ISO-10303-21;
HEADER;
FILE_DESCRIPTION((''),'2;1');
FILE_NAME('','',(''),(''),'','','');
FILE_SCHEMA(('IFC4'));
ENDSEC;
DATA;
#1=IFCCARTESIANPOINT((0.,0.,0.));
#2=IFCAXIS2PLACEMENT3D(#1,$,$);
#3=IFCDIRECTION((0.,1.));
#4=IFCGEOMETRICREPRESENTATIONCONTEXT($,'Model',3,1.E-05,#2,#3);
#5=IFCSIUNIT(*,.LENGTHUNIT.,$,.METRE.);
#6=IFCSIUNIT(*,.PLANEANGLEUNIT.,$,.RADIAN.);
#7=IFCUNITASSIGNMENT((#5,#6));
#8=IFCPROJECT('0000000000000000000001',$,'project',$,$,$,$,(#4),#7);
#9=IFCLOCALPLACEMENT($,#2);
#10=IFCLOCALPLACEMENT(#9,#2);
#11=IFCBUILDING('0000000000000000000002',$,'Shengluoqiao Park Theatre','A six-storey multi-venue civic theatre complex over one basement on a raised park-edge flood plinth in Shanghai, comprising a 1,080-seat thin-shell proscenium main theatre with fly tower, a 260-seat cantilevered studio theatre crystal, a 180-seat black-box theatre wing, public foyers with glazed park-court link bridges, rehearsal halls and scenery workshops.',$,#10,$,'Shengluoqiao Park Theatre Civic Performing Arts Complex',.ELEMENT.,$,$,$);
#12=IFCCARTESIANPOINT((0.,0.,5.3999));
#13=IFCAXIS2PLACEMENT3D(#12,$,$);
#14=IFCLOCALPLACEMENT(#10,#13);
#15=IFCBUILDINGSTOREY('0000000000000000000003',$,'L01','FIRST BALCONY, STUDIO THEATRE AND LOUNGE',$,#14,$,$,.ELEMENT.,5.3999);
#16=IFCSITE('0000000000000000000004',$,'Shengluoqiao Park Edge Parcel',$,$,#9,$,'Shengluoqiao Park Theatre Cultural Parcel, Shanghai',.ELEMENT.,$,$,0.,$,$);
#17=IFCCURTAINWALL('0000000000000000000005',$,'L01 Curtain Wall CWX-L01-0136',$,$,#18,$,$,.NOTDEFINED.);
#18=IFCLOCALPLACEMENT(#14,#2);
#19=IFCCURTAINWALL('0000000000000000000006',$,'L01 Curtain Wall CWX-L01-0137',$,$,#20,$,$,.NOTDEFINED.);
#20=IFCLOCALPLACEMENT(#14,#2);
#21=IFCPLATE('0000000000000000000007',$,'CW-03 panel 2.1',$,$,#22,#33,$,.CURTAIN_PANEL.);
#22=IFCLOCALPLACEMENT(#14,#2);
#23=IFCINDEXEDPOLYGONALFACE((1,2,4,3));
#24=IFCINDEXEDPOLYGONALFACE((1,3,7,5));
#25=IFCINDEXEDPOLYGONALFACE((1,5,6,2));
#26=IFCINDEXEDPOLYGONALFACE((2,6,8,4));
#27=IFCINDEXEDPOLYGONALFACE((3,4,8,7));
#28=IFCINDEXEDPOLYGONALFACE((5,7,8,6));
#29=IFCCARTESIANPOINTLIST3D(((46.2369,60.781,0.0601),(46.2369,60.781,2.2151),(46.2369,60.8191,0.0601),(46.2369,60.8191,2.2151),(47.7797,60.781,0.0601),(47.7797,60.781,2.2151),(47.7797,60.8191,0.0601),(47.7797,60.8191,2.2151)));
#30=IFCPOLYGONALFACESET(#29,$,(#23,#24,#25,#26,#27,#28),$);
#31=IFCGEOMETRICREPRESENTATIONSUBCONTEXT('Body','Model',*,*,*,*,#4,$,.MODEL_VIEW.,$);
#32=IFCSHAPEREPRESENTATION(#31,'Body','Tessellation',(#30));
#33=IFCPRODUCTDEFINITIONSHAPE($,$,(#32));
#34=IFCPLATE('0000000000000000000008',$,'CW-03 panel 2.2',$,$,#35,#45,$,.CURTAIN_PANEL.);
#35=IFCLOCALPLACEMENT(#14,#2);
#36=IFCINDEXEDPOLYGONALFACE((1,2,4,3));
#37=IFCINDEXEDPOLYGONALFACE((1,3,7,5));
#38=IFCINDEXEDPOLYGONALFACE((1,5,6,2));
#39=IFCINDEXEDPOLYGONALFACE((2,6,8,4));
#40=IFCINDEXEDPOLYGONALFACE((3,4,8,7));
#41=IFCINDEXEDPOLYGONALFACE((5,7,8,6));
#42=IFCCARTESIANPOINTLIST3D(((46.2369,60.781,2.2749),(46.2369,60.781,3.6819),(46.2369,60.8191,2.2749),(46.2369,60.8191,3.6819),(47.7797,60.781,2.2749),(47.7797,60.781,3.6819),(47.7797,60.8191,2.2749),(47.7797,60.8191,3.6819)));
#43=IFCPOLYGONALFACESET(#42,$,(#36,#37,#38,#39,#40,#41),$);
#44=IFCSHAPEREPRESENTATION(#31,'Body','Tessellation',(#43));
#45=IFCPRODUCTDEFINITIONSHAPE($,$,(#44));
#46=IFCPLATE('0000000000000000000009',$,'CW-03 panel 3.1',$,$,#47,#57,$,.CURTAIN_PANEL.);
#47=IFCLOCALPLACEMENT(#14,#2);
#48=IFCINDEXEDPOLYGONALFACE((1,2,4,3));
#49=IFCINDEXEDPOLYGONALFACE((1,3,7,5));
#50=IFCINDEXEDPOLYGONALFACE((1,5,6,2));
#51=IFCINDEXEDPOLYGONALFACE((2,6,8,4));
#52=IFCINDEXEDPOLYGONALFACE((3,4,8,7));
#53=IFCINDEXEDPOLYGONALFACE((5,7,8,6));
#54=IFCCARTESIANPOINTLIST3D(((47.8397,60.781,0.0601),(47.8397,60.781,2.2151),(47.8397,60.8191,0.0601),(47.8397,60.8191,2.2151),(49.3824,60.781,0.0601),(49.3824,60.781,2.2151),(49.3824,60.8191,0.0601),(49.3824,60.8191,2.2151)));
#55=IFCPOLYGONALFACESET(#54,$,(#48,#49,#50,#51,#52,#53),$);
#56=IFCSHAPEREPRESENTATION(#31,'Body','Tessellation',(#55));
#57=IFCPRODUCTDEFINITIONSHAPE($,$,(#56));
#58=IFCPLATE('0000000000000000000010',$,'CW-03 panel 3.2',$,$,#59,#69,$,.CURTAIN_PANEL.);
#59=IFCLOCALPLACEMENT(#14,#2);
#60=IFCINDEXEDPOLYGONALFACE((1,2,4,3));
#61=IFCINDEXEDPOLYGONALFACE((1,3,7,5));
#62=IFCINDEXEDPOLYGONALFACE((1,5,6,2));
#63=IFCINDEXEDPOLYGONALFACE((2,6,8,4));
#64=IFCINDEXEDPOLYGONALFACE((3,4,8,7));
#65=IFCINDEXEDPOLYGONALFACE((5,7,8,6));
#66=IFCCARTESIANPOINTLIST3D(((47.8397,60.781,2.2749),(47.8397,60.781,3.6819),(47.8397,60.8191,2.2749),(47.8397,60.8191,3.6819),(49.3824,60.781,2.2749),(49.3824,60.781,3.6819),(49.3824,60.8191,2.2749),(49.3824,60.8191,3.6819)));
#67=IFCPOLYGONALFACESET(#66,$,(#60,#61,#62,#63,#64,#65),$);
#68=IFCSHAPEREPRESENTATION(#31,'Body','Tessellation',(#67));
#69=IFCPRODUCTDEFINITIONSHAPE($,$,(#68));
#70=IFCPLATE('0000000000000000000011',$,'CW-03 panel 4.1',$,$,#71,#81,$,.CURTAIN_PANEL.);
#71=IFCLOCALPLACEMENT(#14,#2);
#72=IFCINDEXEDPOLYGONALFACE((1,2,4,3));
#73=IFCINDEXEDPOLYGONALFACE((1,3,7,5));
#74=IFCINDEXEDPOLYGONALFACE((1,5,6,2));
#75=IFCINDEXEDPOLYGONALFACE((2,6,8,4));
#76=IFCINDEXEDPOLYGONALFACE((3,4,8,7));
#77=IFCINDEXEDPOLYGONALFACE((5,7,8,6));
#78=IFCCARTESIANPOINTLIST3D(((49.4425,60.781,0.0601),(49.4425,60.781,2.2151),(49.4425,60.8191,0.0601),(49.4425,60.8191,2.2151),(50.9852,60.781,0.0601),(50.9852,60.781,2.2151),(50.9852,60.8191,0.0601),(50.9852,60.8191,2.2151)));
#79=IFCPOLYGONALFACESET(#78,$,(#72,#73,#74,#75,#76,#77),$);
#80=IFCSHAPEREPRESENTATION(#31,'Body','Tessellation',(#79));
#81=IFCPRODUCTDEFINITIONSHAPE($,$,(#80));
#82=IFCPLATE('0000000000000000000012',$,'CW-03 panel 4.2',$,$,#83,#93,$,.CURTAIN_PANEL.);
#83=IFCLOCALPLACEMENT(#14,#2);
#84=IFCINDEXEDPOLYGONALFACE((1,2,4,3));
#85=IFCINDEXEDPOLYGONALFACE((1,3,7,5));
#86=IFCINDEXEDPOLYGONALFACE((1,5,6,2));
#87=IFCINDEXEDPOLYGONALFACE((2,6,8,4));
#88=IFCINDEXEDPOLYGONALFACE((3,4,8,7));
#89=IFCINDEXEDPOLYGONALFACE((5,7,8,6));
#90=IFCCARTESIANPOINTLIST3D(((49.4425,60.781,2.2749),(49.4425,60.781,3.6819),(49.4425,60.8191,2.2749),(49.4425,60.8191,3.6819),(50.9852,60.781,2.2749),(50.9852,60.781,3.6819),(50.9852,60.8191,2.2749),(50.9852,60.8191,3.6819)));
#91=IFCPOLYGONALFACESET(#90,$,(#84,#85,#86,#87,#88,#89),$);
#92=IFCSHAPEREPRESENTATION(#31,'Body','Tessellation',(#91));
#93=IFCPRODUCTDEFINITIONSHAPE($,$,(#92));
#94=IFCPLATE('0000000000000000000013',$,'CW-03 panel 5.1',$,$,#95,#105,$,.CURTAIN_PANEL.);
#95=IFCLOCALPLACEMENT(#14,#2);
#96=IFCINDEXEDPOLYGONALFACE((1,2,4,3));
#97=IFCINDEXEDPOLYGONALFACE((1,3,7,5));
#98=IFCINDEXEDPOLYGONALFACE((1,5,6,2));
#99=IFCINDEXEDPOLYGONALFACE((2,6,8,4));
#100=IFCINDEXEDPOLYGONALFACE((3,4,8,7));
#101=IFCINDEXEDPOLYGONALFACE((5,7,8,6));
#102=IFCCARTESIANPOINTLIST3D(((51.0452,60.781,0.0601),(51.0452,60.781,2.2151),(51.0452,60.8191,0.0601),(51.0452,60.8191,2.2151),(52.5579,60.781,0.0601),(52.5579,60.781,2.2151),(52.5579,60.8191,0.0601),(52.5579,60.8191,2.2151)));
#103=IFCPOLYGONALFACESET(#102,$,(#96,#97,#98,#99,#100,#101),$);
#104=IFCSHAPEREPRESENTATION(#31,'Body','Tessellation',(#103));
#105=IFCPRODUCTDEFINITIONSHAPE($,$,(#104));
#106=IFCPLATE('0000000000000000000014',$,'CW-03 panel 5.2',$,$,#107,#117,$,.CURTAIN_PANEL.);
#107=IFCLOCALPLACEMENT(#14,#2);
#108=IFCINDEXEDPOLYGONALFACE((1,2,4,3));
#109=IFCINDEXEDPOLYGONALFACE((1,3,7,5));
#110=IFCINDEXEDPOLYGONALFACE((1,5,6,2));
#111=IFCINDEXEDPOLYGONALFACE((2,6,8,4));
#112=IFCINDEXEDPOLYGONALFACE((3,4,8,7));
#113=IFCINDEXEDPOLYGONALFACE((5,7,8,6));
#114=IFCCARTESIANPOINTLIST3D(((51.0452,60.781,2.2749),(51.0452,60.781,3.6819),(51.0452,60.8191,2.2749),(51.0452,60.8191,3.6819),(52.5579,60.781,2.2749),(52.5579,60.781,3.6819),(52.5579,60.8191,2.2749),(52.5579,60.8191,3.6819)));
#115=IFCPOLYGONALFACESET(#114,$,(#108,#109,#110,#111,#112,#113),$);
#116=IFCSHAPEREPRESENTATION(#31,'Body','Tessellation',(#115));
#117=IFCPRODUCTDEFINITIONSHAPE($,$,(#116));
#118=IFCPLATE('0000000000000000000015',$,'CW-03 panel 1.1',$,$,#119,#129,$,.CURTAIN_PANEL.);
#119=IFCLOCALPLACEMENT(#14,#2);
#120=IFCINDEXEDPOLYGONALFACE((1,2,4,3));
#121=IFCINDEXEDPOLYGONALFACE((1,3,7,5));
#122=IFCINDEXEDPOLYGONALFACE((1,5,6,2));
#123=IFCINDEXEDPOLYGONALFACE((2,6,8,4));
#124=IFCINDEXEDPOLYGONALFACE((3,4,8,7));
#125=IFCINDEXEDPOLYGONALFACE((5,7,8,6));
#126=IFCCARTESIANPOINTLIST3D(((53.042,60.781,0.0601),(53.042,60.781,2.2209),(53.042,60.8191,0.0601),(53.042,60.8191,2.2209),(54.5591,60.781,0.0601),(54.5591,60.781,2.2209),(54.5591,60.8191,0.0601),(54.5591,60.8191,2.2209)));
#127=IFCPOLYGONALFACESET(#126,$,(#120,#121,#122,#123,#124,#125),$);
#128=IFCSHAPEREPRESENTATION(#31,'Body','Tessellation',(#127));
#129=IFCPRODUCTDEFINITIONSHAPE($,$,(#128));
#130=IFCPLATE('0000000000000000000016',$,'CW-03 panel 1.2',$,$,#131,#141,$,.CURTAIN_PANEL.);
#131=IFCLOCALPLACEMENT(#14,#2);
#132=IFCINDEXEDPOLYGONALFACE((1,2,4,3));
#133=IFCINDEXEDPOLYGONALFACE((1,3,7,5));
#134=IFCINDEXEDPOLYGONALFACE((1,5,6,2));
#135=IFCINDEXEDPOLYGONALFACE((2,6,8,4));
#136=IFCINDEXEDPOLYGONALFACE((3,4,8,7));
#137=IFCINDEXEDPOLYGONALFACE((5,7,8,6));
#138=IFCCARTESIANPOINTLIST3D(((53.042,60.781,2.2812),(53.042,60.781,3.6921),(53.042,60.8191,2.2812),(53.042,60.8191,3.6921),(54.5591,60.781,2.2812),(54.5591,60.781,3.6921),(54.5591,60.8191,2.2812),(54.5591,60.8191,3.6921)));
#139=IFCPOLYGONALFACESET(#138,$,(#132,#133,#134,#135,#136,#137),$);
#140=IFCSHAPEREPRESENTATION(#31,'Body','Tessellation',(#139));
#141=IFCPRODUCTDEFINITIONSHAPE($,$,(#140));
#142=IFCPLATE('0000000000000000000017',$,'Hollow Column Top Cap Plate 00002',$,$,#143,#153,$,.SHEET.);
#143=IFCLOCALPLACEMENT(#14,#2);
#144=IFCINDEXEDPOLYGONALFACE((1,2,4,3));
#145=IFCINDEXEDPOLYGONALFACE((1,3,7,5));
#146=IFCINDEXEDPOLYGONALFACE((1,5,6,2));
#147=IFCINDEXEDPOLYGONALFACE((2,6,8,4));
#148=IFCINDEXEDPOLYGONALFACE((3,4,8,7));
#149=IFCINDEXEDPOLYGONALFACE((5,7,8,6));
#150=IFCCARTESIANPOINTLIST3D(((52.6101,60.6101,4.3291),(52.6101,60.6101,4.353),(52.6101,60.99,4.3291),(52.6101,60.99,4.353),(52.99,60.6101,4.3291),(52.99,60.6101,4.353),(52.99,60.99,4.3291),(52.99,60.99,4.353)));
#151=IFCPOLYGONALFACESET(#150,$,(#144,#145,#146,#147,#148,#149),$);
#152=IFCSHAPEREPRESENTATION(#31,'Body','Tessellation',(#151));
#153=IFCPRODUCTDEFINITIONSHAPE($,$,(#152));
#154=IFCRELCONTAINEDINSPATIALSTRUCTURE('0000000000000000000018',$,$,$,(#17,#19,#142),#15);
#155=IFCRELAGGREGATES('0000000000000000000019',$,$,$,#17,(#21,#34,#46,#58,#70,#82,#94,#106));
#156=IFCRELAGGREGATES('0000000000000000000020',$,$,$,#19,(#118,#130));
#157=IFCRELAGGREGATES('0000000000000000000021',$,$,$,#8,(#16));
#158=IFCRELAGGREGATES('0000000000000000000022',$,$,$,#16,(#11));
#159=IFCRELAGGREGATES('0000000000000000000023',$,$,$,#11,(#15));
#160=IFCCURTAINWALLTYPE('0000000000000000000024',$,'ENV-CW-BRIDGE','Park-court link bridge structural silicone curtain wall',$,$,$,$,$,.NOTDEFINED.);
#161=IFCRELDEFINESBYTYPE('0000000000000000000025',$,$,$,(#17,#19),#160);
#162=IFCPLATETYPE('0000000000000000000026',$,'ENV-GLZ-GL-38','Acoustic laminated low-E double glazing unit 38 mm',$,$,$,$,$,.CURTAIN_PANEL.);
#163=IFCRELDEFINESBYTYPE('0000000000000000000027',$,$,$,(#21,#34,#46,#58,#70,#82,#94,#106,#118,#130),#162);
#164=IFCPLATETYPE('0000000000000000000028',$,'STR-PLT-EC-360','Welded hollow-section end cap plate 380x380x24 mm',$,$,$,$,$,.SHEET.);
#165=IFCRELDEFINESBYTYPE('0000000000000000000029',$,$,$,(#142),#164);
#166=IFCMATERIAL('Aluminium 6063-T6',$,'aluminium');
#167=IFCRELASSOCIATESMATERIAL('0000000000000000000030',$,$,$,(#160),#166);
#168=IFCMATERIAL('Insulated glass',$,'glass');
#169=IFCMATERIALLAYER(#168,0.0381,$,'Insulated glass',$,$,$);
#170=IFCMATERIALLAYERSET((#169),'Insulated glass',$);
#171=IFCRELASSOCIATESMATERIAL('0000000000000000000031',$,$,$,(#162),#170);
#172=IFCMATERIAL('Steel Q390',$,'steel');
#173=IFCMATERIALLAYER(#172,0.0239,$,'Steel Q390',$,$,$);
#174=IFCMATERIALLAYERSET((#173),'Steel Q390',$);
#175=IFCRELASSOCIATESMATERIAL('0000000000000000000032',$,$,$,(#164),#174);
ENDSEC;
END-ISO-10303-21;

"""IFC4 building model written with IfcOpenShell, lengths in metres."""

from ifc_helpers import new_model, si_unit, direction, frame, origin, origin_2d, place, context, subcontext, project, spatial, rectangle, extrude, material, layer, layer_set, type_object, element, aggregate, save


model = new_model("IFC4")

# Units and contexts
model_context = context("Model", 3, precision=1e-05, world=origin(), true_north=direction((0.0, 1.0)))
body_context = subcontext(model_context, "Body", "Model", "MODEL_VIEW")
ifc_project = project(units=[si_unit("LENGTHUNIT", "METRE"), si_unit("PLANEANGLEUNIT", "RADIAN")], contexts=[model_context])

# Site, building, storey
site_placement = place(None, origin())
site = spatial("IfcSite", under=ifc_project, at=site_placement, Name="Shengluoqiao Park Edge Parcel", LongName="Shengluoqiao Park Theatre Cultural Parcel, Shanghai", CompositionType="ELEMENT", RefElevation=0.0)
building_placement = place(site_placement, origin())
building = spatial("IfcBuilding", under=site, at=building_placement, Name="Shengluoqiao Park Theatre", Description="A six-storey multi-venue civic theatre complex over one basement on a raised park-edge flood plinth in Shanghai, comprising a 1,080-seat thin-shell proscenium main theatre with fly tower, a 260-seat cantilevered studio theatre crystal, a 180-seat black-box theatre wing, public foyers with glazed park-court link bridges, rehearsal halls and scenery workshops.", LongName="Shengluoqiao Park Theatre Civic Performing Arts Complex", CompositionType="ELEMENT")
storey_placement = place(building_placement, frame((0.0, 0.0, 5.3999)))
storey = spatial("IfcBuildingStorey", under=building, at=storey_placement, Name="L01", Description="FIRST BALCONY, STUDIO THEATRE AND LOUNGE", CompositionType="ELEMENT", Elevation=5.3999)

# Curtain wall
ifc_material_1 = material(Name="Aluminium 6063-T6", Category="aluminium")
curtain_wall_type = type_object("IfcCurtainWallType", Name="ENV-CW-BRIDGE", Description="Park-court link bridge structural silicone curtain wall", PredefinedType="NOTDEFINED", material=ifc_material_1)
curtain_wall_1_placement = place(storey_placement, origin())
curtain_wall_1 = element("IfcCurtainWall", 1, at=curtain_wall_1_placement, inside=storey, type_object=curtain_wall_type, Name="L01 Curtain Wall CWX-L01-0136", PredefinedType="NOTDEFINED")

# Curtain wall
curtain_wall_2_placement = place(storey_placement, origin())
curtain_wall_2 = element("IfcCurtainWall", 2, at=curtain_wall_2_placement, inside=storey, type_object=curtain_wall_type, Name="L01 Curtain Wall CWX-L01-0137", PredefinedType="NOTDEFINED")

# Plates
ifc_material_2 = material(Name="Insulated glass", Category="glass")
ifc_layer_1 = layer(ifc_material_2, 0.0381, Name="Insulated glass")
ifc_layer_set_1 = layer_set([ifc_layer_1], Name="Insulated glass")
plate_type_1 = type_object("IfcPlateType", Name="ENV-GLZ-GL-38", Description="Acoustic laminated low-E double glazing unit 38 mm", PredefinedType="CURTAIN_PANEL", material=ifc_layer_set_1)
plate_1_placement = place(storey_placement, frame((47.0083, 60.8, 0.0601), z_axis=(0.0, 0.0, 1.0), x_axis=(1.0, 0.0, 0.0)))
plate_1 = element("IfcPlate", 3, at=plate_1_placement, type_object=plate_type_1, Name="CW-03 panel 2.1", PredefinedType="CURTAIN_PANEL", context=body_context, shape_type="SweptSolid", body=[
    extrude(rectangle(XDim=1.5427, YDim=0.0381, at=origin_2d()), origin(), (0.0, 0.0, 1.0), 2.155),
])
plate_2_placement = place(storey_placement, frame((47.0083, 60.8, 2.2749), z_axis=(0.0, 0.0, 1.0), x_axis=(1.0, 0.0, 0.0)))
plate_2 = element("IfcPlate", 4, at=plate_2_placement, type_object=plate_type_1, Name="CW-03 panel 2.2", PredefinedType="CURTAIN_PANEL", context=body_context, shape_type="SweptSolid", body=[
    extrude(rectangle(XDim=1.5427, YDim=0.0381, at=origin_2d()), origin(), (0.0, 0.0, 1.0), 1.407),
])
plate_3_placement = place(storey_placement, frame((48.6111, 60.8, 0.0601), z_axis=(0.0, 0.0, 1.0), x_axis=(1.0, 0.0, 0.0)))
plate_3 = element("IfcPlate", 5, at=plate_3_placement, type_object=plate_type_1, Name="CW-03 panel 3.1", PredefinedType="CURTAIN_PANEL", context=body_context, shape_type="SweptSolid", body=[
    extrude(rectangle(XDim=1.5427, YDim=0.0381, at=origin_2d()), origin(), (0.0, 0.0, 1.0), 2.155),
])
plate_4_placement = place(storey_placement, frame((48.6111, 60.8, 2.2749), z_axis=(0.0, 0.0, 1.0), x_axis=(1.0, 0.0, 0.0)))
plate_4 = element("IfcPlate", 6, at=plate_4_placement, type_object=plate_type_1, Name="CW-03 panel 3.2", PredefinedType="CURTAIN_PANEL", context=body_context, shape_type="SweptSolid", body=[
    extrude(rectangle(XDim=1.5427, YDim=0.0381, at=origin_2d()), origin(), (0.0, 0.0, 1.0), 1.407),
])
plate_5_placement = place(storey_placement, frame((50.2139, 60.8, 0.0601), z_axis=(0.0, 0.0, 1.0), x_axis=(1.0, 0.0, 0.0)))
plate_5 = element("IfcPlate", 7, at=plate_5_placement, type_object=plate_type_1, Name="CW-03 panel 4.1", PredefinedType="CURTAIN_PANEL", context=body_context, shape_type="SweptSolid", body=[
    extrude(rectangle(XDim=1.5427, YDim=0.0381, at=origin_2d()), origin(), (0.0, 0.0, 1.0), 2.155),
])
plate_6_placement = place(storey_placement, frame((50.2139, 60.8, 2.2749), z_axis=(0.0, 0.0, 1.0), x_axis=(1.0, 0.0, 0.0)))
plate_6 = element("IfcPlate", 8, at=plate_6_placement, type_object=plate_type_1, Name="CW-03 panel 4.2", PredefinedType="CURTAIN_PANEL", context=body_context, shape_type="SweptSolid", body=[
    extrude(rectangle(XDim=1.5427, YDim=0.0381, at=origin_2d()), origin(), (0.0, 0.0, 1.0), 1.407),
])
plate_7_placement = place(storey_placement, frame((51.8015, 60.8, 0.0601), z_axis=(0.0, 0.0, 1.0), x_axis=(1.0, 0.0, 0.0)))
plate_7 = element("IfcPlate", 9, at=plate_7_placement, type_object=plate_type_1, Name="CW-03 panel 5.1", PredefinedType="CURTAIN_PANEL", context=body_context, shape_type="SweptSolid", body=[
    extrude(rectangle(XDim=1.5127, YDim=0.0381, at=origin_2d()), origin(), (0.0, 0.0, 1.0), 2.155),
])
plate_8_placement = place(storey_placement, frame((51.8015, 60.8, 2.2749), z_axis=(0.0, 0.0, 1.0), x_axis=(1.0, 0.0, 0.0)))
plate_8 = element("IfcPlate", 10, at=plate_8_placement, type_object=plate_type_1, Name="CW-03 panel 5.2", PredefinedType="CURTAIN_PANEL", context=body_context, shape_type="SweptSolid", body=[
    extrude(rectangle(XDim=1.5127, YDim=0.0381, at=origin_2d()), origin(), (0.0, 0.0, 1.0), 1.407),
])
aggregate(curtain_wall_1, [plate_1, plate_2, plate_3, plate_4, plate_5, plate_6, plate_7, plate_8])
plate_9_placement = place(storey_placement, frame((53.8005, 60.8, 0.0601), z_axis=(0.0, 0.0, 1.0), x_axis=(1.0, 0.0, 0.0)))
plate_9 = element("IfcPlate", 11, at=plate_9_placement, type_object=plate_type_1, Name="CW-03 panel 1.1", PredefinedType="CURTAIN_PANEL", context=body_context, shape_type="SweptSolid", body=[
    extrude(rectangle(XDim=1.5171, YDim=0.0381, at=origin_2d()), origin(), (0.0, 0.0, 1.0), 2.1609),
])
plate_10_placement = place(storey_placement, frame((53.8005, 60.8, 2.2812), z_axis=(0.0, 0.0, 1.0), x_axis=(1.0, 0.0, 0.0)))
plate_10 = element("IfcPlate", 12, at=plate_10_placement, type_object=plate_type_1, Name="CW-03 panel 1.2", PredefinedType="CURTAIN_PANEL", context=body_context, shape_type="SweptSolid", body=[
    extrude(rectangle(XDim=1.5171, YDim=0.0381, at=origin_2d()), origin(), (0.0, 0.0, 1.0), 1.4109),
])
aggregate(curtain_wall_2, [plate_9, plate_10])
ifc_material_3 = material(Name="Steel Q390", Category="steel")
ifc_layer_2 = layer(ifc_material_3, 0.0239, Name="Steel Q390")
ifc_layer_set_2 = layer_set([ifc_layer_2], Name="Steel Q390")
plate_type_2 = type_object("IfcPlateType", Name="STR-PLT-EC-360", Description="Welded hollow-section end cap plate 380x380x24 mm", PredefinedType="SHEET", material=ifc_layer_set_2)
plate_11_placement = place(storey_placement, frame((52.8, 60.8, 4.3291), z_axis=(0.0, 0.0, 1.0), x_axis=(1.0, 0.0, 0.0)))
element("IfcPlate", 13, at=plate_11_placement, inside=storey, type_object=plate_type_2, Name="Hollow Column Top Cap Plate 00002", PredefinedType="SHEET", context=body_context, shape_type="SweptSolid", body=[
    extrude(rectangle(XDim=0.3799, YDim=0.3799, at=origin_2d()), origin(), (0.0, 0.0, 1.0), 0.0239),
])

save(model, "model.ifc")
